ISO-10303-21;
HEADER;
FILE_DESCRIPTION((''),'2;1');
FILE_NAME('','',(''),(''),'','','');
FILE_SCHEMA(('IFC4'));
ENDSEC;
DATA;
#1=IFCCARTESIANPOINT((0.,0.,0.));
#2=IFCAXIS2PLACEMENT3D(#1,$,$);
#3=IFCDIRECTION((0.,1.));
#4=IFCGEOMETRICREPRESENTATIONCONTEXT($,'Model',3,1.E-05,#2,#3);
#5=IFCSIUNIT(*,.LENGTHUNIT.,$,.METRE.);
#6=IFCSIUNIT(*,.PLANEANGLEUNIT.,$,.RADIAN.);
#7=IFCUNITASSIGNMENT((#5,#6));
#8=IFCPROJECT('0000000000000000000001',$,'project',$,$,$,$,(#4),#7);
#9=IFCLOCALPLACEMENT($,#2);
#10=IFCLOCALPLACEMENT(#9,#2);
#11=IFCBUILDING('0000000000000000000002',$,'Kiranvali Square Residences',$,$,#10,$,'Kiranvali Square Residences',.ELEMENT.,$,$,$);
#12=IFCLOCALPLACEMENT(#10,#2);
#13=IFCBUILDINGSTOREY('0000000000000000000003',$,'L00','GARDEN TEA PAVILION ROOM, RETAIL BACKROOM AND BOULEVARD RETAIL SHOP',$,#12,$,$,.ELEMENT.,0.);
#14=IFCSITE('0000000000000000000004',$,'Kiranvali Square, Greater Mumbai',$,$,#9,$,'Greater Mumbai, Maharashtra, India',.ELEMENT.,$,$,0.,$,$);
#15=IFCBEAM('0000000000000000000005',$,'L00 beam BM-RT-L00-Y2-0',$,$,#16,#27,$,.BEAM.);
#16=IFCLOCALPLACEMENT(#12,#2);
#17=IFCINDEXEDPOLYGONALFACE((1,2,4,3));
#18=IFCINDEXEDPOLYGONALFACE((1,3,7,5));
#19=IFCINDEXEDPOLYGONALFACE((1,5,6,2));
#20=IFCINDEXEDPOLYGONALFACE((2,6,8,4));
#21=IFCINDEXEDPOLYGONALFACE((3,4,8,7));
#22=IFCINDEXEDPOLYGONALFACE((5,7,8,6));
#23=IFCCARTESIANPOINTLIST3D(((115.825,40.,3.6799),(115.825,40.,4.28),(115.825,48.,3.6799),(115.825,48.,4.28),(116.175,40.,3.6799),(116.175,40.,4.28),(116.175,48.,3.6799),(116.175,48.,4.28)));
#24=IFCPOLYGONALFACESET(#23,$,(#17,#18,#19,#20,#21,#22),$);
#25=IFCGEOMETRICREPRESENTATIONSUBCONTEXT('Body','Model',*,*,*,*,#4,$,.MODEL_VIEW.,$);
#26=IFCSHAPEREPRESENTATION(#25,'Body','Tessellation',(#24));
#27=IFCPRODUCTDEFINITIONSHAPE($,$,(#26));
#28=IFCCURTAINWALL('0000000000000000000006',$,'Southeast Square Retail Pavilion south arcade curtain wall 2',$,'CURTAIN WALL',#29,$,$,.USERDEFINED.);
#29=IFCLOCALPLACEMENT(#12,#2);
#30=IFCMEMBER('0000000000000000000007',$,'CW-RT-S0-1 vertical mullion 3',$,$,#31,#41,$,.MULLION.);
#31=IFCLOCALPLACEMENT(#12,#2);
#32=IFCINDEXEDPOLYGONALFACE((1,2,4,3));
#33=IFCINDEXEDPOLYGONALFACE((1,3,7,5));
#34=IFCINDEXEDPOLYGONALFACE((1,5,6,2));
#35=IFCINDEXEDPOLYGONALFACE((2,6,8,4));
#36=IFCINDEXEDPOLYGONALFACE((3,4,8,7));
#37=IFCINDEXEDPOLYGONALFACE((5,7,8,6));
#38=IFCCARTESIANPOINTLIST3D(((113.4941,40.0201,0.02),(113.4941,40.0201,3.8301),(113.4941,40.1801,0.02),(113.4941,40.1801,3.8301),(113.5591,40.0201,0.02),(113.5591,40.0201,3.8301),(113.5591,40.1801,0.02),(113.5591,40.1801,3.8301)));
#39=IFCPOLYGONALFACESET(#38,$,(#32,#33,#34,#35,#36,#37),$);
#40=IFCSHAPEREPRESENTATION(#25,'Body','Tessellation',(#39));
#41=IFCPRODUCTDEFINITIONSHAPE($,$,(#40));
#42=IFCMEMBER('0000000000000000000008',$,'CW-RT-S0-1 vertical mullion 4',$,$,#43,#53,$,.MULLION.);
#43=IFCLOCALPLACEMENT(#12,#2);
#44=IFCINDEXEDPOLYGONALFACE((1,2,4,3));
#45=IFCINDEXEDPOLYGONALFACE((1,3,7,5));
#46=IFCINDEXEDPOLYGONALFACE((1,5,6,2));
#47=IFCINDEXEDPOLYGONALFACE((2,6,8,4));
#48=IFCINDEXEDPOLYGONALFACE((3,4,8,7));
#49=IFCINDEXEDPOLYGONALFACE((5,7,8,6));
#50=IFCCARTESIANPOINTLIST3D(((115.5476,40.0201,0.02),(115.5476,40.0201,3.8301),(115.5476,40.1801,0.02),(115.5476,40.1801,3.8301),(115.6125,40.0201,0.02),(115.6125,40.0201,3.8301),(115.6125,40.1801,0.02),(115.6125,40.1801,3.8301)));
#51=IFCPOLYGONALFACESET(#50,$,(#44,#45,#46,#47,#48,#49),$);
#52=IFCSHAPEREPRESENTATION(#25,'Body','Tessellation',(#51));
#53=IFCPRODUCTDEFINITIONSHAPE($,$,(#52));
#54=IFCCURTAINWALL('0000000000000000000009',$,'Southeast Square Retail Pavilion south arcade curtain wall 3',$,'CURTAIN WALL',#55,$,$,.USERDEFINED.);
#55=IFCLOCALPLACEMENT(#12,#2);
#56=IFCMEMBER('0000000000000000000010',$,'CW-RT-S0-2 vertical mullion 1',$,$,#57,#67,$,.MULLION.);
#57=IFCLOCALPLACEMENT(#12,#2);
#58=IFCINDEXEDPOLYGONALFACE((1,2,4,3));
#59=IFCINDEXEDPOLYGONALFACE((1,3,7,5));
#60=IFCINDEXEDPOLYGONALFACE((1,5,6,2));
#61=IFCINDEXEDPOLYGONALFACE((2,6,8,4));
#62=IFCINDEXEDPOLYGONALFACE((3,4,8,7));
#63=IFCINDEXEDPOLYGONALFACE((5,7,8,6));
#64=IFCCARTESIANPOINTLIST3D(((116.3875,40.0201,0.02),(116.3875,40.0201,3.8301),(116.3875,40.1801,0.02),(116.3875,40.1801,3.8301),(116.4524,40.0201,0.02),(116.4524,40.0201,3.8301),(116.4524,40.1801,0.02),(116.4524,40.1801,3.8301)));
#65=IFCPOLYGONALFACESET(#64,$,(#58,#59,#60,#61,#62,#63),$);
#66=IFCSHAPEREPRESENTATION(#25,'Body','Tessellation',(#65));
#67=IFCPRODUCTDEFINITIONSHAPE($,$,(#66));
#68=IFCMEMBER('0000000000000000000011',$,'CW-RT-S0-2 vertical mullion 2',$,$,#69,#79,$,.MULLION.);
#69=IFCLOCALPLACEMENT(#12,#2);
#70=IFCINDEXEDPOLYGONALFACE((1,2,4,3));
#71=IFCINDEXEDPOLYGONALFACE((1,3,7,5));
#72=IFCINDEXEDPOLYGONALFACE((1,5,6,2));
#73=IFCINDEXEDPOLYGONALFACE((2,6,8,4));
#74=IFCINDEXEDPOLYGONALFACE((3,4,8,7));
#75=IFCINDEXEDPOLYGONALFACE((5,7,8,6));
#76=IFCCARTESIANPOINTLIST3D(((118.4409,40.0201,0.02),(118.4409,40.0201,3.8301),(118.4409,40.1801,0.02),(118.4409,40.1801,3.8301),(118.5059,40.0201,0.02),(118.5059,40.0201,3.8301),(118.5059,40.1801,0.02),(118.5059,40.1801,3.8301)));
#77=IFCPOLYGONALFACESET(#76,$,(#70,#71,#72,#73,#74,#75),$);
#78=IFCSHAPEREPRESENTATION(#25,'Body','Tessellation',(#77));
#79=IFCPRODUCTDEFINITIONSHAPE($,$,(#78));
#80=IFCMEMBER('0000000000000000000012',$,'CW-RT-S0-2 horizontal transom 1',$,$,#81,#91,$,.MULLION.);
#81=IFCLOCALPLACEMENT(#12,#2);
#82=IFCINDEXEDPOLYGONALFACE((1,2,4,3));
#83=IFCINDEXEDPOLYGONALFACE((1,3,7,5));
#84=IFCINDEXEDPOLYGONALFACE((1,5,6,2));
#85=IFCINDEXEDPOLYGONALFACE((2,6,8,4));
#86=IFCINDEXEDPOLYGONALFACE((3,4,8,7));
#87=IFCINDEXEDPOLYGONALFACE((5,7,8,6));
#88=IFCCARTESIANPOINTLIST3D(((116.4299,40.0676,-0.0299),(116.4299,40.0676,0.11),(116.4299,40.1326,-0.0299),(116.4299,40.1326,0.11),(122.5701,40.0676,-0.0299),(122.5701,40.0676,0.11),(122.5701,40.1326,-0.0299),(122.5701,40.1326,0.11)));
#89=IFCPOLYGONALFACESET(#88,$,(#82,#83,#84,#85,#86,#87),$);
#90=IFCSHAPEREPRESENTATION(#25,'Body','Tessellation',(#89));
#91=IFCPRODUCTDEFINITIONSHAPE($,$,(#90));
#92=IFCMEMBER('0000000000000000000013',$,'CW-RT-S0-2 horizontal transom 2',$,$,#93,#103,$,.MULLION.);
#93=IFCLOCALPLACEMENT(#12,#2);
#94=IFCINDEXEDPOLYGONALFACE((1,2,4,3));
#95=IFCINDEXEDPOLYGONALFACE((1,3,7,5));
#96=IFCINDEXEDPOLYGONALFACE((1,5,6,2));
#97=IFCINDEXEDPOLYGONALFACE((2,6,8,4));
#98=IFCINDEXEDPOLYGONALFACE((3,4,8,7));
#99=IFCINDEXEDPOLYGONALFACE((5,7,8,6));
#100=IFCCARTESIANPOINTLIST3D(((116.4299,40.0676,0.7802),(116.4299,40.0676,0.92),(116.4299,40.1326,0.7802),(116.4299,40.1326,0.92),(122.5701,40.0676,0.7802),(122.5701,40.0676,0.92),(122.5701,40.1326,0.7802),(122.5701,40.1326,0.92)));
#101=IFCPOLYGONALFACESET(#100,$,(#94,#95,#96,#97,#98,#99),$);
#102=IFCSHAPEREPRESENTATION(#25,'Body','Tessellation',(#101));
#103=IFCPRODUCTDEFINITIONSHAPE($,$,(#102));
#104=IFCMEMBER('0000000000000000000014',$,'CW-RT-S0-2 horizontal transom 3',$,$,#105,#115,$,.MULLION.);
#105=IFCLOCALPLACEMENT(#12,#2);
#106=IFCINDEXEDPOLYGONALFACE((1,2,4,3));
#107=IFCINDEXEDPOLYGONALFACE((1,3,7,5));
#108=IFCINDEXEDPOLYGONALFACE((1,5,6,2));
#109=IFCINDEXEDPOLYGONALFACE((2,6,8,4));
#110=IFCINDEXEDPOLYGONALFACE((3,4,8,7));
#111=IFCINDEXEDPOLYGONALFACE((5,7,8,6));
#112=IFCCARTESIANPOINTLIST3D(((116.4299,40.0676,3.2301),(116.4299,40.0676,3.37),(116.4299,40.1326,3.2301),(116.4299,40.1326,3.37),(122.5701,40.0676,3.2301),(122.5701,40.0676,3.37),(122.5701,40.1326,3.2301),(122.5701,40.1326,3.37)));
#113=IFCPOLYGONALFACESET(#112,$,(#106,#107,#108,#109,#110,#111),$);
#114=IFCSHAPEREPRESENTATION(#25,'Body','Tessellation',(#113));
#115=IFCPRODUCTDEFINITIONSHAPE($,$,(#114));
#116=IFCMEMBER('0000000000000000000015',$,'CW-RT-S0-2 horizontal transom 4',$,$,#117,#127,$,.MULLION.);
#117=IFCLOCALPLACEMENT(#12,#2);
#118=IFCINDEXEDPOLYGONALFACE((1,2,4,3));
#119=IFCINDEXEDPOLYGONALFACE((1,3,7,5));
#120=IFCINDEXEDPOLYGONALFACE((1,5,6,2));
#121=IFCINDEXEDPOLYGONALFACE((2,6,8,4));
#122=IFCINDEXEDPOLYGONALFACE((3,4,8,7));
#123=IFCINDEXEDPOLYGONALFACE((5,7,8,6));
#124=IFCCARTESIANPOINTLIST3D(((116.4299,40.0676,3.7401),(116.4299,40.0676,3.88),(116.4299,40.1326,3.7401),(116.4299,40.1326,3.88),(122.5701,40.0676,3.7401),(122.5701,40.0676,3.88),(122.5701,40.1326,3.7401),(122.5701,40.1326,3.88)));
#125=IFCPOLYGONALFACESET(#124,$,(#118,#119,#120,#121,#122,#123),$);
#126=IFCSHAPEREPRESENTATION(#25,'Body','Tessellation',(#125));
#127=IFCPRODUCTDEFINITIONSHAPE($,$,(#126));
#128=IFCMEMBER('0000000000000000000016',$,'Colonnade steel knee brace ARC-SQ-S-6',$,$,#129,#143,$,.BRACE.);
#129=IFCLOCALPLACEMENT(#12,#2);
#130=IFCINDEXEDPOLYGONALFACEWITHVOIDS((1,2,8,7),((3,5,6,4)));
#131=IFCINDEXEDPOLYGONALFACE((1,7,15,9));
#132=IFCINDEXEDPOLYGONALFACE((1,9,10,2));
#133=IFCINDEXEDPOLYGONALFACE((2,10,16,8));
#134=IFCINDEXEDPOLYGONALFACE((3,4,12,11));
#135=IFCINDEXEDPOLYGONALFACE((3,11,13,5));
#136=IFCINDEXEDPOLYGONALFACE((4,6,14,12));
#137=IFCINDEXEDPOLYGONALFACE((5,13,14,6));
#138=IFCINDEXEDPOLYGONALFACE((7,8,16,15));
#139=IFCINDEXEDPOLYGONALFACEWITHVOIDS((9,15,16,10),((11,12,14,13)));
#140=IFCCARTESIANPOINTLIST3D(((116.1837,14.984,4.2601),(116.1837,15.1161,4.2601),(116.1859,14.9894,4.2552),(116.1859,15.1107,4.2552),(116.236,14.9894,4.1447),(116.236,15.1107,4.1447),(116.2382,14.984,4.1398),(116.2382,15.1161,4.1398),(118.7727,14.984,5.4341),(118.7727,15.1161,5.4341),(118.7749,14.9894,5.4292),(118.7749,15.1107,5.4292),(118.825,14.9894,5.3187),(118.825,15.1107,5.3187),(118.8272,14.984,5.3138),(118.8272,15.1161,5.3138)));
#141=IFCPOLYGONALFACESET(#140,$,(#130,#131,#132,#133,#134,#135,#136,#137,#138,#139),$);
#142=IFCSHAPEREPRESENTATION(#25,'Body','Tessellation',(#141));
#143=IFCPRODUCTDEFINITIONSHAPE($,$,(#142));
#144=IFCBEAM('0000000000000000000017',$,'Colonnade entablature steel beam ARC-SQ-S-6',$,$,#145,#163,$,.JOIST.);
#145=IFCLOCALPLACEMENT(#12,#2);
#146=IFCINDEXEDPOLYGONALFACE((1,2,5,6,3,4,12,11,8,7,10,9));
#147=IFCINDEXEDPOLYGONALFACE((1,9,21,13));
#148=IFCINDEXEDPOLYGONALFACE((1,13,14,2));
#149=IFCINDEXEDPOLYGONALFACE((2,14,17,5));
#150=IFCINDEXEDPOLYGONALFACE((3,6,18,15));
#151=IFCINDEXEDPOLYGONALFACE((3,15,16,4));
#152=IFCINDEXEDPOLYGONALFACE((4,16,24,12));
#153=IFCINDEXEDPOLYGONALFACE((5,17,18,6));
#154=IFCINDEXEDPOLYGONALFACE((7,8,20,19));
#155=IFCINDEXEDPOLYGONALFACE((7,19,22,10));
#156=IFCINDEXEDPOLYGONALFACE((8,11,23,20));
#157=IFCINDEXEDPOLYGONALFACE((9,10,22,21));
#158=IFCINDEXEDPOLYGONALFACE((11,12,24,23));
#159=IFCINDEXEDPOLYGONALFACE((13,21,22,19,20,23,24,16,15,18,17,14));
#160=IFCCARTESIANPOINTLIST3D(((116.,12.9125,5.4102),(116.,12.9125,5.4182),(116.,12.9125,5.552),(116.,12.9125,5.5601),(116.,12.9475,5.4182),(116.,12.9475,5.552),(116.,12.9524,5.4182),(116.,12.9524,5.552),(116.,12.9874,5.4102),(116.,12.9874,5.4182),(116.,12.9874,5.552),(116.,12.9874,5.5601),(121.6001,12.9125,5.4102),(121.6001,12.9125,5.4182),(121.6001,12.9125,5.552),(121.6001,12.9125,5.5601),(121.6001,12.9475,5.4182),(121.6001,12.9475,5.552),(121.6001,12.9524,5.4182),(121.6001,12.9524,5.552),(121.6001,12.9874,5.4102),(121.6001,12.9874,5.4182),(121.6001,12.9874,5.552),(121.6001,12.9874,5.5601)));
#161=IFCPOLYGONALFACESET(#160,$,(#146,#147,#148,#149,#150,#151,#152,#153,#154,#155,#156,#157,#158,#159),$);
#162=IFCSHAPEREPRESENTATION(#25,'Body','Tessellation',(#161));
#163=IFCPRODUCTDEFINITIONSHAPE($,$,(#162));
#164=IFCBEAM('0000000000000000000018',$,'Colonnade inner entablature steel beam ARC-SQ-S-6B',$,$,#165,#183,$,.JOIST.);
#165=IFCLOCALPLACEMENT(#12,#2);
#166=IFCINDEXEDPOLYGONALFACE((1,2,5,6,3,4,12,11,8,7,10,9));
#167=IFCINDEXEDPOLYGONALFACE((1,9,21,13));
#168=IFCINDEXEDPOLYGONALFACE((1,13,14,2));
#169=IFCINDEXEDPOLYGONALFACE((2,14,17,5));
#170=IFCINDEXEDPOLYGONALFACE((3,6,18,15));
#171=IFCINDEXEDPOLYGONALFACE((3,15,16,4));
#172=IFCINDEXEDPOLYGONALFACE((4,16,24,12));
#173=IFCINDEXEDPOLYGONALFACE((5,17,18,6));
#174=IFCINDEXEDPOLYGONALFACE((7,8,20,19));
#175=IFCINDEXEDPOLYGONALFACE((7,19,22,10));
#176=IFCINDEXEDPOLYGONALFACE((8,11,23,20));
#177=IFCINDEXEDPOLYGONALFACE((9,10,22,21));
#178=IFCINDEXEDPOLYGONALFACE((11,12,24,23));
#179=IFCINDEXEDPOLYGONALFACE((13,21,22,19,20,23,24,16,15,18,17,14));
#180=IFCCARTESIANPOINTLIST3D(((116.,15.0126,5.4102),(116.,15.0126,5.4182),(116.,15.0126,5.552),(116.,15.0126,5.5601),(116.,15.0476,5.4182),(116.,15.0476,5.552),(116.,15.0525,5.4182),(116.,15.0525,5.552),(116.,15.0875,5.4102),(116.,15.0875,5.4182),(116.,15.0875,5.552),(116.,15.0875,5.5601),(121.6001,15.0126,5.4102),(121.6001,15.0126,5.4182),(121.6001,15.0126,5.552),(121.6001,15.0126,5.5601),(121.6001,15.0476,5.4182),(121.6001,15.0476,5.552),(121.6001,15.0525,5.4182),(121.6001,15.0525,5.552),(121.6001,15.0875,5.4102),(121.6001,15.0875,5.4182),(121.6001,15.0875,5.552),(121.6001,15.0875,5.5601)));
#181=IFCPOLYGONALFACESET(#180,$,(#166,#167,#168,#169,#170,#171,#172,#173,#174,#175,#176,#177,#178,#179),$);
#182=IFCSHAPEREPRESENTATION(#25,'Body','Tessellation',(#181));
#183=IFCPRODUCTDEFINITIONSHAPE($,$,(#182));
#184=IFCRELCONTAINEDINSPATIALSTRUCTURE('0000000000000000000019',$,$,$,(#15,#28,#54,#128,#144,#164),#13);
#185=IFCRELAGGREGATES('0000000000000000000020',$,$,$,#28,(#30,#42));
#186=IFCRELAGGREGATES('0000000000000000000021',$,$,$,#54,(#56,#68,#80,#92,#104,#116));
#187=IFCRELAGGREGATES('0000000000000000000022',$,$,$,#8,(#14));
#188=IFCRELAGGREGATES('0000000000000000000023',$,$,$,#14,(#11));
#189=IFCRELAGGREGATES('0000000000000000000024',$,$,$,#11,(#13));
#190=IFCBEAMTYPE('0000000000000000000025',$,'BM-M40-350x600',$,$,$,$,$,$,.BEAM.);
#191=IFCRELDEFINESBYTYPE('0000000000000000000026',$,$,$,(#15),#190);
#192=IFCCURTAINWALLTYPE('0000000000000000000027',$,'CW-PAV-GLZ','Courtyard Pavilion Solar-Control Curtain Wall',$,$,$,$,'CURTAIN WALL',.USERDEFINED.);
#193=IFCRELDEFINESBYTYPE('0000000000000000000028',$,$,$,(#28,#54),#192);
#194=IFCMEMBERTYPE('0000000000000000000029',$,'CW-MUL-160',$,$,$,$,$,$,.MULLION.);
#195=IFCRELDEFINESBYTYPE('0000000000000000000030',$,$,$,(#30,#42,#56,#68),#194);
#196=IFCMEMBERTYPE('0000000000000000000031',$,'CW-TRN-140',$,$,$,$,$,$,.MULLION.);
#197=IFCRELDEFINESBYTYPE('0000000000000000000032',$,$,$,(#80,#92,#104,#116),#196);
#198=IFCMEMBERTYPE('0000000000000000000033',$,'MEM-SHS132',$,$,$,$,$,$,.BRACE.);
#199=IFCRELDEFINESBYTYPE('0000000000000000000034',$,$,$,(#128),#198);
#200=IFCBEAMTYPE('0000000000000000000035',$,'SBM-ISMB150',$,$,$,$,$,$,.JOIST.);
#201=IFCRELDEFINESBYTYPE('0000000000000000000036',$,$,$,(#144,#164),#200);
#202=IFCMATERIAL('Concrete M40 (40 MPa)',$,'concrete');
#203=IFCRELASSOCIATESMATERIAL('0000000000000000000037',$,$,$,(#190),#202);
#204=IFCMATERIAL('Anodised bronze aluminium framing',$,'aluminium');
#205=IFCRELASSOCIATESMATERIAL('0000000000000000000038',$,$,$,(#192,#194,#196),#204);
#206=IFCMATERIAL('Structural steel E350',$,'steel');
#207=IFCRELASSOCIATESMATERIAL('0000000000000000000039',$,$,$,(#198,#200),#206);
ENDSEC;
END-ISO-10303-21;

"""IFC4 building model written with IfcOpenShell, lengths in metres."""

from ifc_helpers import new_model, si_unit, direction, frame, origin, origin_2d, place, context, subcontext, project, spatial, rectangle, hollow_rectangle, i_section, extrude, material, material_profile, profile_set, type_object, element, aggregate, save


model = new_model("IFC4")

# Units and contexts
model_context = context("Model", 3, precision=1e-05, world=origin(), true_north=direction((0.0, 1.0)))
body_context = subcontext(model_context, "Body", "Model", "MODEL_VIEW")
ifc_project = project(units=[si_unit("LENGTHUNIT", "METRE"), si_unit("PLANEANGLEUNIT", "RADIAN")], contexts=[model_context])

# Site, building, storey
site_placement = place(None, origin())
site = spatial("IfcSite", under=ifc_project, at=site_placement, Name="Kiranvali Square, Greater Mumbai", LongName="Greater Mumbai, Maharashtra, India", CompositionType="ELEMENT", RefElevation=0.0)
building_placement = place(site_placement, origin())
building = spatial("IfcBuilding", under=site, at=building_placement, Name="Kiranvali Square Residences", LongName="Kiranvali Square Residences", CompositionType="ELEMENT")
storey_placement = place(building_placement, origin())
storey = spatial("IfcBuildingStorey", under=building, at=storey_placement, Name="L00", Description="GARDEN TEA PAVILION ROOM, RETAIL BACKROOM AND BOULEVARD RETAIL SHOP", CompositionType="ELEMENT", Elevation=0.0)

# Shared definitions
ifc_material_1 = material(Name="Concrete M40 (40 MPa)", Category="concrete")

# Beam
ifc_material_profile_1 = material_profile(ifc_material_1, rectangle(XDim=0.3501, YDim=0.6001, at=origin_2d()), Name="RC 350x600")
ifc_profile_set_1 = profile_set([ifc_material_profile_1], Name="Concrete M40 (40 MPa)")
beam_type_1 = type_object("IfcBeamType", Name="BM-M40-350x600", PredefinedType="BEAM", material=ifc_profile_set_1)
beam_1_placement = place(storey_placement, frame((116.0, 40.0, 3.98), z_axis=(0.0, 1.0, 0.0), x_axis=(-1.0, 0.0, 0.0)))
element("IfcBeam", 1, at=beam_1_placement, inside=storey, type_object=beam_type_1, Name="L00 beam BM-RT-L00-Y2-0", PredefinedType="BEAM", context=body_context, shape_type="SweptSolid", body=[
    extrude(rectangle(XDim=0.3501, YDim=0.6001, at=origin_2d()), origin(), (0.0, 0.0, 1.0), 8.0),
])

# Curtain walls, members
ifc_material_2 = material(Name="Anodised bronze aluminium framing", Category="aluminium")
curtain_wall_type = type_object("IfcCurtainWallType", Name="CW-PAV-GLZ", Description="Courtyard Pavilion Solar-Control Curtain Wall", ElementType="CURTAIN WALL", PredefinedType="USERDEFINED", material=ifc_material_2)
curtain_wall_1_placement = place(storey_placement, origin())
curtain_wall_1 = element("IfcCurtainWall", 2, at=curtain_wall_1_placement, inside=storey, type_object=curtain_wall_type, Name="Southeast Square Retail Pavilion south arcade curtain wall 2", ObjectType="CURTAIN WALL", PredefinedType="USERDEFINED")
ifc_material_profile_2 = material_profile(ifc_material_2, rectangle(XDim=0.0649, YDim=0.1599, at=origin_2d()), Name="ALU 65x160")
ifc_profile_set_2 = profile_set([ifc_material_profile_2], Name="Anodised bronze aluminium framing")
member_type_1 = type_object("IfcMemberType", Name="CW-MUL-160", PredefinedType="MULLION", material=ifc_profile_set_2)
member_1_placement = place(storey_placement, frame((113.5266, 40.1001, 0.02), z_axis=(0.0, 0.0, 1.0), x_axis=(1.0, 0.0, 0.0)))
member_1 = element("IfcMember", 3, at=member_1_placement, type_object=member_type_1, Name="CW-RT-S0-1 vertical mullion 3", PredefinedType="MULLION", context=body_context, shape_type="SweptSolid", body=[
    extrude(rectangle(XDim=0.0649, YDim=0.1599, at=origin_2d()), origin(), (0.0, 0.0, 1.0), 3.8101),
])
member_2_placement = place(storey_placement, frame((115.5801, 40.1001, 0.02), z_axis=(0.0, 0.0, 1.0), x_axis=(1.0, 0.0, 0.0)))
member_2 = element("IfcMember", 4, at=member_2_placement, type_object=member_type_1, Name="CW-RT-S0-1 vertical mullion 4", PredefinedType="MULLION", context=body_context, shape_type="SweptSolid", body=[
    extrude(rectangle(XDim=0.0649, YDim=0.1599, at=origin_2d()), origin(), (0.0, 0.0, 1.0), 3.8101),
])
curtain_wall_2_placement = place(storey_placement, origin())
curtain_wall_2 = element("IfcCurtainWall", 5, at=curtain_wall_2_placement, inside=storey, type_object=curtain_wall_type, Name="Southeast Square Retail Pavilion south arcade curtain wall 3", ObjectType="CURTAIN WALL", PredefinedType="USERDEFINED")
member_3_placement = place(storey_placement, frame((116.4199, 40.1001, 0.02), z_axis=(0.0, 0.0, 1.0), x_axis=(1.0, 0.0, 0.0)))
member_3 = element("IfcMember", 6, at=member_3_placement, type_object=member_type_1, Name="CW-RT-S0-2 vertical mullion 1", PredefinedType="MULLION", context=body_context, shape_type="SweptSolid", body=[
    extrude(rectangle(XDim=0.0649, YDim=0.1599, at=origin_2d()), origin(), (0.0, 0.0, 1.0), 3.8101),
])
member_4_placement = place(storey_placement, frame((118.4734, 40.1001, 0.02), z_axis=(0.0, 0.0, 1.0), x_axis=(1.0, 0.0, 0.0)))
member_4 = element("IfcMember", 7, at=member_4_placement, type_object=member_type_1, Name="CW-RT-S0-2 vertical mullion 2", PredefinedType="MULLION", context=body_context, shape_type="SweptSolid", body=[
    extrude(rectangle(XDim=0.0649, YDim=0.1599, at=origin_2d()), origin(), (0.0, 0.0, 1.0), 3.8101),
])
ifc_material_profile_3 = material_profile(ifc_material_2, rectangle(XDim=0.0649, YDim=0.1399, at=origin_2d()), Name="ALU 65x140")
ifc_profile_set_3 = profile_set([ifc_material_profile_3], Name="Anodised bronze aluminium framing")
member_type_2 = type_object("IfcMemberType", Name="CW-TRN-140", PredefinedType="MULLION", material=ifc_profile_set_3)
member_5_placement = place(storey_placement, frame((116.4299, 40.1001, 0.04), z_axis=(1.0, 0.0, 0.0), x_axis=(0.0, 1.0, 0.0)))
member_5 = element("IfcMember", 8, at=member_5_placement, type_object=member_type_2, Name="CW-RT-S0-2 horizontal transom 1", PredefinedType="MULLION", context=body_context, shape_type="SweptSolid", body=[
    extrude(rectangle(XDim=0.0649, YDim=0.1399, at=origin_2d()), origin(), (0.0, 0.0, 1.0), 6.1401),
])
member_6_placement = place(storey_placement, frame((116.4299, 40.1001, 0.8501), z_axis=(1.0, 0.0, 0.0), x_axis=(0.0, 1.0, 0.0)))
member_6 = element("IfcMember", 9, at=member_6_placement, type_object=member_type_2, Name="CW-RT-S0-2 horizontal transom 2", PredefinedType="MULLION", context=body_context, shape_type="SweptSolid", body=[
    extrude(rectangle(XDim=0.0649, YDim=0.1399, at=origin_2d()), origin(), (0.0, 0.0, 1.0), 6.1401),
])
member_7_placement = place(storey_placement, frame((116.4299, 40.1001, 3.3), z_axis=(1.0, 0.0, 0.0), x_axis=(0.0, 1.0, 0.0)))
member_7 = element("IfcMember", 10, at=member_7_placement, type_object=member_type_2, Name="CW-RT-S0-2 horizontal transom 3", PredefinedType="MULLION", context=body_context, shape_type="SweptSolid", body=[
    extrude(rectangle(XDim=0.0649, YDim=0.1399, at=origin_2d()), origin(), (0.0, 0.0, 1.0), 6.1401),
])
member_8_placement = place(storey_placement, frame((116.4299, 40.1001, 3.8101), z_axis=(1.0, 0.0, 0.0), x_axis=(0.0, 1.0, 0.0)))
member_8 = element("IfcMember", 11, at=member_8_placement, type_object=member_type_2, Name="CW-RT-S0-2 horizontal transom 4", PredefinedType="MULLION", context=body_context, shape_type="SweptSolid", body=[
    extrude(rectangle(XDim=0.0649, YDim=0.1399, at=origin_2d()), origin(), (0.0, 0.0, 1.0), 6.1401),
])

# Member
ifc_material_3 = material(Name="Structural steel E350", Category="steel")
ifc_material_profile_4 = material_profile(ifc_material_3, hollow_rectangle(XDim=0.1321, YDim=0.1321, WallThickness=0.0054, at=origin_2d()), Name="SHS 132x132x5.4")
ifc_profile_set_4 = profile_set([ifc_material_profile_4], Name="Structural steel E350")
member_type_3 = type_object("IfcMemberType", Name="MEM-SHS132", PredefinedType="BRACE", material=ifc_profile_set_4)
member_9_placement = place(storey_placement, frame((116.2109, 15.05, 4.2), z_axis=(0.910737, 0.0, 0.412988), x_axis=(0.0, 1.0, 0.0)))
element("IfcMember", 12, at=member_9_placement, inside=storey, type_object=member_type_3, Name="Colonnade steel knee brace ARC-SQ-S-6", PredefinedType="BRACE", context=body_context, shape_type="SweptSolid", body=[
    extrude(hollow_rectangle(XDim=0.1321, YDim=0.1321, WallThickness=0.0054, at=origin_2d()), origin(), (0.0, 0.0, 1.0), 2.8428),
])

# Beams
ifc_material_profile_5 = material_profile(ifc_material_3, i_section(OverallWidth=0.075, OverallDepth=0.1499, WebThickness=0.0049, FlangeThickness=0.0081, at=origin_2d()), Name="ISMB 150")
ifc_profile_set_5 = profile_set([ifc_material_profile_5], Name="Structural steel E350")
beam_type_2 = type_object("IfcBeamType", Name="SBM-ISMB150", PredefinedType="JOIST", material=ifc_profile_set_5)
for number, where, z_axis, x_axis, name in (
    (13, (116.0, 12.95, 5.4851), (1.0, 0.0, 0.0), (0.0, 1.0, 0.0), "Colonnade entablature steel beam ARC-SQ-S-6"),
    (14, (116.0, 15.05, 5.4851), (1.0, 0.0, 0.0), (0.0, 1.0, 0.0), "Colonnade inner entablature steel beam ARC-SQ-S-6B"),
):
    element("IfcBeam", number, at=place(storey_placement, frame(where, z_axis=z_axis, x_axis=x_axis)), inside=storey, type_object=beam_type_2, Name=name, PredefinedType="JOIST", context=body_context, shape_type="SweptSolid", body=[
        extrude(i_section(OverallWidth=0.075, OverallDepth=0.1499, WebThickness=0.0049, FlangeThickness=0.0081, at=origin_2d()), origin(), (0.0, 0.0, 1.0), 5.6001),
    ])

aggregate(curtain_wall_1, [member_1, member_2])
aggregate(curtain_wall_2, [member_3, member_4, member_5, member_6, member_7, member_8])

save(model, "model.ifc")
